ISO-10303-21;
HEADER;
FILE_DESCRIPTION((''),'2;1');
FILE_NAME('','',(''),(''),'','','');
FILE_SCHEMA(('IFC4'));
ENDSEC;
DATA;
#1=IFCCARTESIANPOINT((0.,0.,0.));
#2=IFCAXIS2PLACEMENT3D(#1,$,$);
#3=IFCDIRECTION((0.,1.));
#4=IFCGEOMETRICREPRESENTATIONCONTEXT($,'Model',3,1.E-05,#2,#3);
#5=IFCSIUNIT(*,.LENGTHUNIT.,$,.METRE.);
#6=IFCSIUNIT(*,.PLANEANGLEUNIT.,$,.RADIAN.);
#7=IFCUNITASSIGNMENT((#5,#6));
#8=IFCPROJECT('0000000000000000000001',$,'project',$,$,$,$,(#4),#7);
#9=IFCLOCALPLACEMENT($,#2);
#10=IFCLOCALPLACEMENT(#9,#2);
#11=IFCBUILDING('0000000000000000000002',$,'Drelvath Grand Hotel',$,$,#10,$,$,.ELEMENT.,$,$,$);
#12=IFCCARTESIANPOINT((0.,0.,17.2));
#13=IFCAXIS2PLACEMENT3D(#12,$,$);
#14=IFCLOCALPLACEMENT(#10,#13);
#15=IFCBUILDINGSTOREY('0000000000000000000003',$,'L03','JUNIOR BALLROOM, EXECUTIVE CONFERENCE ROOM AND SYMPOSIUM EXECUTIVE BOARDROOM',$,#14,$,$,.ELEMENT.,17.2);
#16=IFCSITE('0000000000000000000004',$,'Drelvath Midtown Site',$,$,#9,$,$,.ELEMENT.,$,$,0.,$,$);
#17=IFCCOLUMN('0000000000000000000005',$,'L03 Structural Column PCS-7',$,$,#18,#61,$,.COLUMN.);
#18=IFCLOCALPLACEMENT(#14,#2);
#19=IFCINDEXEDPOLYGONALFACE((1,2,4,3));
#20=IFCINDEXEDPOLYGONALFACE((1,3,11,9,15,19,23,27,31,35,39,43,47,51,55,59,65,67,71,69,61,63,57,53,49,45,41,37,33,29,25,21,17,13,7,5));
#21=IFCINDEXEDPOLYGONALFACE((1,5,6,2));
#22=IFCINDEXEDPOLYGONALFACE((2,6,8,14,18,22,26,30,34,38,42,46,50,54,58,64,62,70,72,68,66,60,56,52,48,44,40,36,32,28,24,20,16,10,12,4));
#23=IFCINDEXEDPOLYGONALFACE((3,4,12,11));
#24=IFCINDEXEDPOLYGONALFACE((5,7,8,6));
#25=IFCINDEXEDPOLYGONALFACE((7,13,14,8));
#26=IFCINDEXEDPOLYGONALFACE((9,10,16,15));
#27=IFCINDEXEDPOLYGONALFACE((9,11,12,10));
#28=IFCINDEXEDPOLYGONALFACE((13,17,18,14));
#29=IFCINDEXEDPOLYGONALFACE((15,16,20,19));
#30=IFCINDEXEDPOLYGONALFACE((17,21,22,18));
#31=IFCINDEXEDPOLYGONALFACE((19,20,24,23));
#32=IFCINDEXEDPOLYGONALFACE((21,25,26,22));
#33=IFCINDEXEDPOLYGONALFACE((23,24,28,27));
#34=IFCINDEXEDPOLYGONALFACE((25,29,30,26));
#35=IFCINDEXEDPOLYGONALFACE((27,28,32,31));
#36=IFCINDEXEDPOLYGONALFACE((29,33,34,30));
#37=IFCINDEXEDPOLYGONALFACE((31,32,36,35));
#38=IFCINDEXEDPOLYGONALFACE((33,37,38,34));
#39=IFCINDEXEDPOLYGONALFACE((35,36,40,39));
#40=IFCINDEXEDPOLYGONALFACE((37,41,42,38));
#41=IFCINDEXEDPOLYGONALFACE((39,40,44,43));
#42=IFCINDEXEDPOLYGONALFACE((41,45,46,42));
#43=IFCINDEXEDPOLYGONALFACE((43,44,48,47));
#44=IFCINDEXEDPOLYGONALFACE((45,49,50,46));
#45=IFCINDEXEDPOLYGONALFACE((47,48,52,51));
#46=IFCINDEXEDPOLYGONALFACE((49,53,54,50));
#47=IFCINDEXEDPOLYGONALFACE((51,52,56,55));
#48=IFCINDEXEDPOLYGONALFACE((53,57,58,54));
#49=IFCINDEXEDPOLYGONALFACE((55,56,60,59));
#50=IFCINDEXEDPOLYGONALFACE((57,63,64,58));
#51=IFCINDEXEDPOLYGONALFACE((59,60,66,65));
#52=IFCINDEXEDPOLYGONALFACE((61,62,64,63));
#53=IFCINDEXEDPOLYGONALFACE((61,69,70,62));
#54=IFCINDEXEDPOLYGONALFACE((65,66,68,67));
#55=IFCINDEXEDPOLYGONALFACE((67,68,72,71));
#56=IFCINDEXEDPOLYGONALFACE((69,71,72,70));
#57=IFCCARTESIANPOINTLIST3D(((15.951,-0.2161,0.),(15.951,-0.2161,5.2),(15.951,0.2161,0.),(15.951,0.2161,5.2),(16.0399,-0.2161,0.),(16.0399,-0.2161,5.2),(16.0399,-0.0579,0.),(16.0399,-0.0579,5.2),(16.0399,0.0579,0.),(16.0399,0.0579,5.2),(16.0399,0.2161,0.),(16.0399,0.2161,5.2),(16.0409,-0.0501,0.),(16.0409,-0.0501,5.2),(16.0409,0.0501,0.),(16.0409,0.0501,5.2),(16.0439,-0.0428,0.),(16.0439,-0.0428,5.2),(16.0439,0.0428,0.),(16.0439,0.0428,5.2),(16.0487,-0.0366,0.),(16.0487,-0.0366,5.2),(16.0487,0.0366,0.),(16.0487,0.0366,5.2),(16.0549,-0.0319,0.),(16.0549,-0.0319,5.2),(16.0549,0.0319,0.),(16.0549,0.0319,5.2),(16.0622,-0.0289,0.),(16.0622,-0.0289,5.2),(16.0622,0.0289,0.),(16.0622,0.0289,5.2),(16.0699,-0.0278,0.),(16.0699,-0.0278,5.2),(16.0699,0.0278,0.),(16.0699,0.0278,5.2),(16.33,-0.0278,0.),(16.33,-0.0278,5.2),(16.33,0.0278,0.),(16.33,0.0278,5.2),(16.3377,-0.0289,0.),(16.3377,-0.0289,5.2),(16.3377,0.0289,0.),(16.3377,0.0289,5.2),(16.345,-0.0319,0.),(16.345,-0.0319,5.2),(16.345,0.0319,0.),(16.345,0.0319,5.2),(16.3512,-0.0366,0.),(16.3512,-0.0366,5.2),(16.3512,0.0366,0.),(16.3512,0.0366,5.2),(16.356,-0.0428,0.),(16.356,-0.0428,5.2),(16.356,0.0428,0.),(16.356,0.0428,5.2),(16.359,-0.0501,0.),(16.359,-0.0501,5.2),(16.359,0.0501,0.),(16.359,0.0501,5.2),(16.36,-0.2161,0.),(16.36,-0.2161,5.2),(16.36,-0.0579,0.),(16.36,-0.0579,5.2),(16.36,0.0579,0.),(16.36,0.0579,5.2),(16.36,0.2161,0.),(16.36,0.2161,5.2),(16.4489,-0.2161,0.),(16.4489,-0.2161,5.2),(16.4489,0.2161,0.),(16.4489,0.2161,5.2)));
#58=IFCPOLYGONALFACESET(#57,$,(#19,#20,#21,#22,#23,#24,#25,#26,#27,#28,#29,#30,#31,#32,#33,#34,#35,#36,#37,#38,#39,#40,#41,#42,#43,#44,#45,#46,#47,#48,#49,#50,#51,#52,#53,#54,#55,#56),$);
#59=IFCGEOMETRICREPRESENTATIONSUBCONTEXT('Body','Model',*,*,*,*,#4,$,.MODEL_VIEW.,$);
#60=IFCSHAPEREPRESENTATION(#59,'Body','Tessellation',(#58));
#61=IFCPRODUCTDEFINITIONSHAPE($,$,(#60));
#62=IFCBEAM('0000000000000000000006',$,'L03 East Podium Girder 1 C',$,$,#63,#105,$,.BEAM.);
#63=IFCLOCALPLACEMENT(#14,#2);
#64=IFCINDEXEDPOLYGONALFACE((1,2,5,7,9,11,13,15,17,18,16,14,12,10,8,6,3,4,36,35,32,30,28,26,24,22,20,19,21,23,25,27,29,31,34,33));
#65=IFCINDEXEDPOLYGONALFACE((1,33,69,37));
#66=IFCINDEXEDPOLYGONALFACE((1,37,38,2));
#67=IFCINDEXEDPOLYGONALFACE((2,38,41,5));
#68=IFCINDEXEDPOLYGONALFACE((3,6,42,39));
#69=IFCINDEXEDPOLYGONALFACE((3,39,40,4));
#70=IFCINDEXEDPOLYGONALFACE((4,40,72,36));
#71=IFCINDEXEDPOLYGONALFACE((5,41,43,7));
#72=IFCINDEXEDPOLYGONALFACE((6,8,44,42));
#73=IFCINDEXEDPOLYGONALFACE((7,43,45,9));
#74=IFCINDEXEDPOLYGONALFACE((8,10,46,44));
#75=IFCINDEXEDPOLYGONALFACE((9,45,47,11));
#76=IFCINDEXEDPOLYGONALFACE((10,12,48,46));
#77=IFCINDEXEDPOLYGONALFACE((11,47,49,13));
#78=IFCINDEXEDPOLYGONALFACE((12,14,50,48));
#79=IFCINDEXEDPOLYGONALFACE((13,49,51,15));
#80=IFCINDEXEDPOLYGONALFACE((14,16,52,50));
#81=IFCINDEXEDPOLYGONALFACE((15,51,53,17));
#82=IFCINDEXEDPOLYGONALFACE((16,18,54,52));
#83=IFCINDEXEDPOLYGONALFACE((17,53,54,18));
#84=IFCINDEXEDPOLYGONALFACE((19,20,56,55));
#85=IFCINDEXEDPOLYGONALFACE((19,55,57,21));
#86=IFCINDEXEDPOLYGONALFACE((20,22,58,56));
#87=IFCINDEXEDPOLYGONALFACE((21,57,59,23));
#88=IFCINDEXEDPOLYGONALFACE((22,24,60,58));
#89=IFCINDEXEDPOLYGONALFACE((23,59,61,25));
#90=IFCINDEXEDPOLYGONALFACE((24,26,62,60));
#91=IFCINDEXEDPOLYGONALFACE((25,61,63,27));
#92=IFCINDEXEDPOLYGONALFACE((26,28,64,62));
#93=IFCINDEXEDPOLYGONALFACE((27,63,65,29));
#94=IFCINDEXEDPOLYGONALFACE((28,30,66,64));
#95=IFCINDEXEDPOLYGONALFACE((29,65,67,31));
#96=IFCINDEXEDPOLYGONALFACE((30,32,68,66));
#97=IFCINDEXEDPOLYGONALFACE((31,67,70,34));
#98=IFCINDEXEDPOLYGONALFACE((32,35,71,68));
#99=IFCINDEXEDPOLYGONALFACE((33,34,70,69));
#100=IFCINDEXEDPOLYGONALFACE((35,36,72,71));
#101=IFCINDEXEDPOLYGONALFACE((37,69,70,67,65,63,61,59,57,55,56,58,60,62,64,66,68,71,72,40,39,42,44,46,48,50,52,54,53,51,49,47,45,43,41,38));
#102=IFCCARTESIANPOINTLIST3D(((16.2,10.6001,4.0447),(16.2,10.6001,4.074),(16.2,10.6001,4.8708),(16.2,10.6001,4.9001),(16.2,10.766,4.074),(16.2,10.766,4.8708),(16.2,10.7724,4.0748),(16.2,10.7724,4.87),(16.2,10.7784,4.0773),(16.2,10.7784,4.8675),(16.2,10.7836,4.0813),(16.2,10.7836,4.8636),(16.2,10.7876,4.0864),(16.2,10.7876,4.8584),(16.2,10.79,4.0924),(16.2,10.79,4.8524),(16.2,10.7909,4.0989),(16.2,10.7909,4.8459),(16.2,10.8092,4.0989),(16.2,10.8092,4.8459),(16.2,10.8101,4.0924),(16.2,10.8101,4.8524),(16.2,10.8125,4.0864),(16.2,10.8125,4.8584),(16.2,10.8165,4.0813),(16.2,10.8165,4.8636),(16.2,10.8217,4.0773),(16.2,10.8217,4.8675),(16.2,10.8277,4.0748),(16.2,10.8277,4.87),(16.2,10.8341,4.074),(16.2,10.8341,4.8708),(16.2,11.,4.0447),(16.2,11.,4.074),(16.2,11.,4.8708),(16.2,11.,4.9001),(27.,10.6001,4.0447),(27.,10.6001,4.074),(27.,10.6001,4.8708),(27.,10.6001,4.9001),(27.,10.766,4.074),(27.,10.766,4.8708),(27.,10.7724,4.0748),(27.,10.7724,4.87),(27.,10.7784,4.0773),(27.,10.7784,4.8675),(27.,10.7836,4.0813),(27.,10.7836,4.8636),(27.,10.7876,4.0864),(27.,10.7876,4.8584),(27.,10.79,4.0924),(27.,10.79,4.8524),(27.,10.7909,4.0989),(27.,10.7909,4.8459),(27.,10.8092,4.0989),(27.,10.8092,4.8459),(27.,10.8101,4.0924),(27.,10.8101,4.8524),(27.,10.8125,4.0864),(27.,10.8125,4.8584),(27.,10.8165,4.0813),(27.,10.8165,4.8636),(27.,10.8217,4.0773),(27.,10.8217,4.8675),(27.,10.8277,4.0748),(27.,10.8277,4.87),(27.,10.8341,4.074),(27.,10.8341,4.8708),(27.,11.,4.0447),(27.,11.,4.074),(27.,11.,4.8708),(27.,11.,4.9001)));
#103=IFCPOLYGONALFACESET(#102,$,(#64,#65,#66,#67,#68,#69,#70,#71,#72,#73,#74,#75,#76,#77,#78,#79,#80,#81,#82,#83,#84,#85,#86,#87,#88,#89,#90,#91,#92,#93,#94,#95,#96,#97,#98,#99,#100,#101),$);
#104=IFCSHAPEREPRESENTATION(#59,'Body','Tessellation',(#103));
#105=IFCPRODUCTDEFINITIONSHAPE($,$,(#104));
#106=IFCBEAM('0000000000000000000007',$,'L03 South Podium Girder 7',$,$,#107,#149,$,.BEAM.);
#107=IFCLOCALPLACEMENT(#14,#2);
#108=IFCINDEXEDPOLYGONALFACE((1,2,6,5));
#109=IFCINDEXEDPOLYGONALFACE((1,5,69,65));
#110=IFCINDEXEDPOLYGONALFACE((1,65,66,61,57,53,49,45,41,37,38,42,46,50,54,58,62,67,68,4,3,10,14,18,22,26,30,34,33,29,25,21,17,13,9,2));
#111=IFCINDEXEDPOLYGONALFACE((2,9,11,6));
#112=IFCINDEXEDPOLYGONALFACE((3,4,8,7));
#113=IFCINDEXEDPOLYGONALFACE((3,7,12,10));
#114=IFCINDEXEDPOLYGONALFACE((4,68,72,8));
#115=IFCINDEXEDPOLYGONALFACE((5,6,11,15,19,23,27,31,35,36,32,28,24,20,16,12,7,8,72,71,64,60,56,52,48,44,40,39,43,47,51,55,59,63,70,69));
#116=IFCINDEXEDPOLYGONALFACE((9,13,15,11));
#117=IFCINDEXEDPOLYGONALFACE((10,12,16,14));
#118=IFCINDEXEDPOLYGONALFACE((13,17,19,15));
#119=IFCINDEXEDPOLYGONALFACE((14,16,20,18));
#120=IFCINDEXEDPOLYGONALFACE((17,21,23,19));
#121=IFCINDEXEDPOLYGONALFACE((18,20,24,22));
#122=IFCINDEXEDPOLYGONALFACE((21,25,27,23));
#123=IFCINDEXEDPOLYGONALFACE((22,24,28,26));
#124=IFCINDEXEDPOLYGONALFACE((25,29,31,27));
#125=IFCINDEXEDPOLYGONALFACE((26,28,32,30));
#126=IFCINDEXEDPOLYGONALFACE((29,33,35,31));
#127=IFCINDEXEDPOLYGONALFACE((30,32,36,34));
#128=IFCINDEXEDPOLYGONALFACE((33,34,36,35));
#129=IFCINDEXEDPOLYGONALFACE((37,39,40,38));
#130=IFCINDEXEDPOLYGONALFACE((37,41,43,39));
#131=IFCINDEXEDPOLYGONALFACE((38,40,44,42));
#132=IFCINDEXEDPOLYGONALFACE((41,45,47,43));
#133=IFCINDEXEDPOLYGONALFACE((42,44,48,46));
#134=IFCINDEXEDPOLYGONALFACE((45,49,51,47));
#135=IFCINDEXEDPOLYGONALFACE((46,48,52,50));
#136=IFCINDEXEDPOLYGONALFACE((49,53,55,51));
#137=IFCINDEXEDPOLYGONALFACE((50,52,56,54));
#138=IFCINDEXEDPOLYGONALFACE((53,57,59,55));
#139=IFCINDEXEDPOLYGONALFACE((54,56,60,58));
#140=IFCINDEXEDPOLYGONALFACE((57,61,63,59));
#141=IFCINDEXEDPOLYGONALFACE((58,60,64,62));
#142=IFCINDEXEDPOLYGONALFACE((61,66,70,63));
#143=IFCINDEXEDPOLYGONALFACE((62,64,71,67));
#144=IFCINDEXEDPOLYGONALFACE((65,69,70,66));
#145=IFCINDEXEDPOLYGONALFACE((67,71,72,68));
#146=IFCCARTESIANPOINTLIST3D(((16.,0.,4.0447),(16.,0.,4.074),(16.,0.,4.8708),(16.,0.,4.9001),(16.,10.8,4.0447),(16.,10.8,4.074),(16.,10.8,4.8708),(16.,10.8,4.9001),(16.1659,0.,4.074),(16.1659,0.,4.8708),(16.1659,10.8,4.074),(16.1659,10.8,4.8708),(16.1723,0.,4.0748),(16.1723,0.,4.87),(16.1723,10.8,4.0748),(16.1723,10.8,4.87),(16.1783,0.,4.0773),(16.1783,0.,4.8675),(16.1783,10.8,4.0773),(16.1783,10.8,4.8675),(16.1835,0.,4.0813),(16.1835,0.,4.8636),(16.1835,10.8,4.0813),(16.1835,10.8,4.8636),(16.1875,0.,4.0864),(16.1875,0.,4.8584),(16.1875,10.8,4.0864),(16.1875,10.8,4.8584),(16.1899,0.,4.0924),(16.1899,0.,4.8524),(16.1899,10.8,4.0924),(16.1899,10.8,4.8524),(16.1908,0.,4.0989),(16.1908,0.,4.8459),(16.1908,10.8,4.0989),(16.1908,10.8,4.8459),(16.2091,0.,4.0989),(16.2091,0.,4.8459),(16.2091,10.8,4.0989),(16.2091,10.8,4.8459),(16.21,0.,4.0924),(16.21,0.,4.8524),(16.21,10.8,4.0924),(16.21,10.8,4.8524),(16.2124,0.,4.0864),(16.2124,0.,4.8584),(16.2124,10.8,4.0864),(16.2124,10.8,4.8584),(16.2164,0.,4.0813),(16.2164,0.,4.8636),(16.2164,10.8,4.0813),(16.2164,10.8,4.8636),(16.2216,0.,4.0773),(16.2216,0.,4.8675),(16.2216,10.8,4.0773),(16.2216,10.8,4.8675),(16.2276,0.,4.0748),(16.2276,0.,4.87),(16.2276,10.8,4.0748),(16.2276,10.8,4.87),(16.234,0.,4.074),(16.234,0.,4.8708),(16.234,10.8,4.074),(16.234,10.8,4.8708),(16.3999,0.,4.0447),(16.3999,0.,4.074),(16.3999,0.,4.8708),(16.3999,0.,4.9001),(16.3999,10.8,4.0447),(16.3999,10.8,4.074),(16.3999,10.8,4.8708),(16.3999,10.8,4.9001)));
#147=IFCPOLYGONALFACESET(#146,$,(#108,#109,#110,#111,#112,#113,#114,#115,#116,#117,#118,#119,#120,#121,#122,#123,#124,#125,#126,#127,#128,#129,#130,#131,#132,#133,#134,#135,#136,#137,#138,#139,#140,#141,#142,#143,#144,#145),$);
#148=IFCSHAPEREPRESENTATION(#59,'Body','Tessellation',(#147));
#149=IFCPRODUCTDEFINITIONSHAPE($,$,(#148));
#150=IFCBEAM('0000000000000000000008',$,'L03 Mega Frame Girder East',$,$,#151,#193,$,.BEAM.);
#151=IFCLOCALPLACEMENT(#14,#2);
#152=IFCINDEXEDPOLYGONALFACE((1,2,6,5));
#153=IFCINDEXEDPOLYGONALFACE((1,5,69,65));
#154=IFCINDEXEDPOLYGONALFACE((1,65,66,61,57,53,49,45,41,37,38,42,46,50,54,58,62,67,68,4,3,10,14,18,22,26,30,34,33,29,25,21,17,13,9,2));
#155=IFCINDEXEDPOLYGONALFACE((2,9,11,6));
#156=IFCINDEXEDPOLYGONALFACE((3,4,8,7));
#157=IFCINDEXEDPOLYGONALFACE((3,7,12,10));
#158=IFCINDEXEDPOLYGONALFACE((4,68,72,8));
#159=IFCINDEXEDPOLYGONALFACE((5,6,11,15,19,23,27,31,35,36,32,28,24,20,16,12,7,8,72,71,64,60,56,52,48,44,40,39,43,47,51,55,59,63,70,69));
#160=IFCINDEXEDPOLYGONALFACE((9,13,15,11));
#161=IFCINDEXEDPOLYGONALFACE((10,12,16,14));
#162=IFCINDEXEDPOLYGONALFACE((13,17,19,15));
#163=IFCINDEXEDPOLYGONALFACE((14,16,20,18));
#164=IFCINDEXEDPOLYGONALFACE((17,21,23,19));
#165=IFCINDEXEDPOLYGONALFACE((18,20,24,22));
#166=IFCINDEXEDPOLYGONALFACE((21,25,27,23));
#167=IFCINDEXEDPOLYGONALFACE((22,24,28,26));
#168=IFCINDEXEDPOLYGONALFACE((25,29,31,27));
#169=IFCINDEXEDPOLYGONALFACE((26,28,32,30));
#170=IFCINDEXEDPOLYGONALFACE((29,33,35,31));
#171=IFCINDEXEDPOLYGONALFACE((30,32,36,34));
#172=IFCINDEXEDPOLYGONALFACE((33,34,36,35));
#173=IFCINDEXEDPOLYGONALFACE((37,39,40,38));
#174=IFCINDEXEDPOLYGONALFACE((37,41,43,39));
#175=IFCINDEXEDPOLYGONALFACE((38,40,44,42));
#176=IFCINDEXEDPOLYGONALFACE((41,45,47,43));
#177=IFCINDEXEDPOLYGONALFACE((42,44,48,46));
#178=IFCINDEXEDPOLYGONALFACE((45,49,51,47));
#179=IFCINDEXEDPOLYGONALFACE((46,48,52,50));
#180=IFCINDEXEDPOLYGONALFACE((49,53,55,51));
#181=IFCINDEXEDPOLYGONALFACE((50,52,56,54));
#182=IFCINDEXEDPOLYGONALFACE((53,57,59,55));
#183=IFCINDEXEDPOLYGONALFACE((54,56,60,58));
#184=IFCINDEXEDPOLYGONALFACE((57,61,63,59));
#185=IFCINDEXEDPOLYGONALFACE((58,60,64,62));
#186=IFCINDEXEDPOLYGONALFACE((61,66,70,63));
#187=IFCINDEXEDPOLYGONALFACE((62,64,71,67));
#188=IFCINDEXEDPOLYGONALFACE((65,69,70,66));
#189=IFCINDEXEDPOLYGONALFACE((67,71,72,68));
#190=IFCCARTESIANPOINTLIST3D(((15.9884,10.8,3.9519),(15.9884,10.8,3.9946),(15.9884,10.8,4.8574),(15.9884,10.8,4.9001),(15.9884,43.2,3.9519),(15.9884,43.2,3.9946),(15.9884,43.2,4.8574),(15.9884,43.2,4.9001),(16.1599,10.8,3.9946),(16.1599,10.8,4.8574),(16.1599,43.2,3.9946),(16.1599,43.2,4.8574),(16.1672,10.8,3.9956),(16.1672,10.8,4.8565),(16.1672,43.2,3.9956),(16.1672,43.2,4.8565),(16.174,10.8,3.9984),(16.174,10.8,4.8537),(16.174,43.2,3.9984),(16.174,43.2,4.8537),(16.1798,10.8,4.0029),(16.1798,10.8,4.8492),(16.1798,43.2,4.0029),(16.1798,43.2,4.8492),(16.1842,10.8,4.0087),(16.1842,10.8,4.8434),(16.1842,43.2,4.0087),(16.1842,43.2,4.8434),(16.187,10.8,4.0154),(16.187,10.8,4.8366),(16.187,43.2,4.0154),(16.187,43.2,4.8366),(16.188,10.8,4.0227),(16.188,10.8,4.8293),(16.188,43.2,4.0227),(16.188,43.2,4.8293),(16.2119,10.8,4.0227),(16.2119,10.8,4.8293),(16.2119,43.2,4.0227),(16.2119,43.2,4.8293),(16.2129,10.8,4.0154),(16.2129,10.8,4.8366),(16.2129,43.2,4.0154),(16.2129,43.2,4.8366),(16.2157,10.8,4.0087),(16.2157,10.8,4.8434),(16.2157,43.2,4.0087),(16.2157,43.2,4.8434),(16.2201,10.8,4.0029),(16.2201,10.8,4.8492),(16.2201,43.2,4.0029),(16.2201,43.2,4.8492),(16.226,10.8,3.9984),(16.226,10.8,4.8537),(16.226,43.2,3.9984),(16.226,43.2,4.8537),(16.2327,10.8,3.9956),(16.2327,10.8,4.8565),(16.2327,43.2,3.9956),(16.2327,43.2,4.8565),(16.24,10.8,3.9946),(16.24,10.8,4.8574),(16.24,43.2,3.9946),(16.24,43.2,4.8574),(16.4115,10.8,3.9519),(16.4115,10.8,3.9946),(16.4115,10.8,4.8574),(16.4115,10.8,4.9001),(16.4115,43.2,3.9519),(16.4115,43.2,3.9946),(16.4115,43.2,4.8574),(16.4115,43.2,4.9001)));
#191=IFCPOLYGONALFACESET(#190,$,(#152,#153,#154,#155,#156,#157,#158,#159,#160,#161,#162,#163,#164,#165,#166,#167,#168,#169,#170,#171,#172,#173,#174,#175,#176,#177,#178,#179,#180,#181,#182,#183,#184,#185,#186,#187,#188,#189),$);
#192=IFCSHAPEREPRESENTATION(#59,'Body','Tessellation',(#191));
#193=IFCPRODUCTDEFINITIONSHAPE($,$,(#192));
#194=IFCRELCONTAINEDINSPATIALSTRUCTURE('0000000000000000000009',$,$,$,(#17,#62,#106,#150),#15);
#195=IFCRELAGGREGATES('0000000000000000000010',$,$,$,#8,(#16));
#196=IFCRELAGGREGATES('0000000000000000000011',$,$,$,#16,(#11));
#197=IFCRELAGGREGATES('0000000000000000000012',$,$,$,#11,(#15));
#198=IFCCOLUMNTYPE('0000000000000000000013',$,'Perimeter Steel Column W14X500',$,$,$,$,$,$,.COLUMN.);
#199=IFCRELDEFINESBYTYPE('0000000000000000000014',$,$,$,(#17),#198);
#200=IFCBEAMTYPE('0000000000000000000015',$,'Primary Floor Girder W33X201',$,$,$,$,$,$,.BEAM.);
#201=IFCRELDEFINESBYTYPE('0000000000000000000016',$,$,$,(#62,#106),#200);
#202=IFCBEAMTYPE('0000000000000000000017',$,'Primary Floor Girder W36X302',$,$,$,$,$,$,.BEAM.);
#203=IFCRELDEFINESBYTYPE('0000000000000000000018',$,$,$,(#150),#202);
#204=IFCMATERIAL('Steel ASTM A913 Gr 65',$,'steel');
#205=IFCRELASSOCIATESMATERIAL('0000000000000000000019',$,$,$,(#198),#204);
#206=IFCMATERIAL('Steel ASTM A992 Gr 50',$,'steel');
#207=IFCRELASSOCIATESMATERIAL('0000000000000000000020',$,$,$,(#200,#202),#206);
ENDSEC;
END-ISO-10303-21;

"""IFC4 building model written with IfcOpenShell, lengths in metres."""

from ifc_helpers import new_model, si_unit, direction, frame, origin, origin_2d, place, context, subcontext, project, spatial, i_section, extrude, material, material_profile, profile_set, type_object, element, save


model = new_model("IFC4")

# Units and contexts
model_context = context("Model", 3, precision=1e-05, world=origin(), true_north=direction((0.0, 1.0)))
body_context = subcontext(model_context, "Body", "Model", "MODEL_VIEW")
ifc_project = project(units=[si_unit("LENGTHUNIT", "METRE"), si_unit("PLANEANGLEUNIT", "RADIAN")], contexts=[model_context])

# Site, building, storey
site_placement = place(None, origin())
site = spatial("IfcSite", under=ifc_project, at=site_placement, Name="Drelvath Midtown Site", CompositionType="ELEMENT", RefElevation=0.0)
building_placement = place(site_placement, origin())
building = spatial("IfcBuilding", under=site, at=building_placement, Name="Drelvath Grand Hotel", CompositionType="ELEMENT")
storey_placement = place(building_placement, frame((0.0, 0.0, 17.2)))
storey = spatial("IfcBuildingStorey", under=building, at=storey_placement, Name="L03", Description="JUNIOR BALLROOM, EXECUTIVE CONFERENCE ROOM AND SYMPOSIUM EXECUTIVE BOARDROOM", CompositionType="ELEMENT", Elevation=17.2)

# Column
ifc_material_1 = material(Name="Steel ASTM A913 Gr 65", Category="steel")
ifc_material_profile_1 = material_profile(ifc_material_1, i_section(OverallWidth=0.4321, OverallDepth=0.4978, WebThickness=0.0557, FlangeThickness=0.0889, FilletRadius=0.03, at=origin_2d()), Name="W14X500")
ifc_profile_set_1 = profile_set([ifc_material_profile_1], Name="Steel ASTM A913 Gr 65")
column_type_1 = type_object("IfcColumnType", Name="Perimeter Steel Column W14X500", PredefinedType="COLUMN", material=ifc_profile_set_1)
for number, where, z_axis, x_axis, name in (
    (1, (16.2, 0.0, 0.0), (0.0, 0.0, 1.0), (0.0, 1.0, 0.0), "L03 Structural Column PCS-7"),
):
    element("IfcColumn", number, at=place(storey_placement, frame(where, z_axis=z_axis, x_axis=x_axis)), inside=storey, type_object=column_type_1, Name=name, PredefinedType="COLUMN", context=body_context, shape_type="SweptSolid", body=[
        extrude(i_section(OverallWidth=0.4321, OverallDepth=0.4978, WebThickness=0.0557, FlangeThickness=0.0889, FilletRadius=0.03, at=origin_2d()), origin(), (0.0, 0.0, 1.0), 5.2),
    ])

# Beams
ifc_material_2 = material(Name="Steel ASTM A992 Gr 50", Category="steel")
ifc_material_profile_2 = material_profile(ifc_material_2, i_section(OverallWidth=0.3999, OverallDepth=0.8555, WebThickness=0.0183, FlangeThickness=0.0293, FilletRadius=0.0249, at=origin_2d()), Name="W33X201")
ifc_profile_set_2 = profile_set([ifc_material_profile_2], Name="Steel ASTM A992 Gr 50")
beam_type_1 = type_object("IfcBeamType", Name="Primary Floor Girder W33X201", PredefinedType="BEAM", material=ifc_profile_set_2)
for number, where, z_axis, x_axis, name in (
    (2, (16.2, 10.8, 4.4724), (1.0, 0.0, 0.0), (0.0, 1.0, 0.0), "L03 East Podium Girder 1 C"),
    (3, (16.2, 0.0, 4.4724), (0.0, 1.0, 0.0), (-1.0, 0.0, 0.0), "L03 South Podium Girder 7"),
):
    element("IfcBeam", number, at=place(storey_placement, frame(where, z_axis=z_axis, x_axis=x_axis)), inside=storey, type_object=beam_type_1, Name=name, PredefinedType="BEAM", context=body_context, shape_type="SweptSolid", body=[
        extrude(i_section(OverallWidth=0.3999, OverallDepth=0.8555, WebThickness=0.0183, FlangeThickness=0.0293, FilletRadius=0.0249, at=origin_2d()), origin(), (0.0, 0.0, 1.0), 10.8),
    ])
ifc_material_profile_3 = material_profile(ifc_material_2, i_section(OverallWidth=0.4231, OverallDepth=0.9482, WebThickness=0.0239, FlangeThickness=0.0427, FilletRadius=0.0281, at=origin_2d()), Name="W36X302")
ifc_profile_set_3 = profile_set([ifc_material_profile_3], Name="Steel ASTM A992 Gr 50")
beam_type_2 = type_object("IfcBeamType", Name="Primary Floor Girder W36X302", PredefinedType="BEAM", material=ifc_profile_set_3)
beam_1_placement = place(storey_placement, frame((16.2, 10.8, 4.426), z_axis=(0.0, 1.0, 0.0), x_axis=(-1.0, 0.0, 0.0)))
element("IfcBeam", 4, at=beam_1_placement, inside=storey, type_object=beam_type_2, Name="L03 Mega Frame Girder East", PredefinedType="BEAM", context=body_context, shape_type="SweptSolid", body=[
    extrude(i_section(OverallWidth=0.4231, OverallDepth=0.9482, WebThickness=0.0239, FlangeThickness=0.0427, FilletRadius=0.0281, at=origin_2d()), origin(), (0.0, 0.0, 1.0), 32.3999),
])

save(model, "model.ifc")
